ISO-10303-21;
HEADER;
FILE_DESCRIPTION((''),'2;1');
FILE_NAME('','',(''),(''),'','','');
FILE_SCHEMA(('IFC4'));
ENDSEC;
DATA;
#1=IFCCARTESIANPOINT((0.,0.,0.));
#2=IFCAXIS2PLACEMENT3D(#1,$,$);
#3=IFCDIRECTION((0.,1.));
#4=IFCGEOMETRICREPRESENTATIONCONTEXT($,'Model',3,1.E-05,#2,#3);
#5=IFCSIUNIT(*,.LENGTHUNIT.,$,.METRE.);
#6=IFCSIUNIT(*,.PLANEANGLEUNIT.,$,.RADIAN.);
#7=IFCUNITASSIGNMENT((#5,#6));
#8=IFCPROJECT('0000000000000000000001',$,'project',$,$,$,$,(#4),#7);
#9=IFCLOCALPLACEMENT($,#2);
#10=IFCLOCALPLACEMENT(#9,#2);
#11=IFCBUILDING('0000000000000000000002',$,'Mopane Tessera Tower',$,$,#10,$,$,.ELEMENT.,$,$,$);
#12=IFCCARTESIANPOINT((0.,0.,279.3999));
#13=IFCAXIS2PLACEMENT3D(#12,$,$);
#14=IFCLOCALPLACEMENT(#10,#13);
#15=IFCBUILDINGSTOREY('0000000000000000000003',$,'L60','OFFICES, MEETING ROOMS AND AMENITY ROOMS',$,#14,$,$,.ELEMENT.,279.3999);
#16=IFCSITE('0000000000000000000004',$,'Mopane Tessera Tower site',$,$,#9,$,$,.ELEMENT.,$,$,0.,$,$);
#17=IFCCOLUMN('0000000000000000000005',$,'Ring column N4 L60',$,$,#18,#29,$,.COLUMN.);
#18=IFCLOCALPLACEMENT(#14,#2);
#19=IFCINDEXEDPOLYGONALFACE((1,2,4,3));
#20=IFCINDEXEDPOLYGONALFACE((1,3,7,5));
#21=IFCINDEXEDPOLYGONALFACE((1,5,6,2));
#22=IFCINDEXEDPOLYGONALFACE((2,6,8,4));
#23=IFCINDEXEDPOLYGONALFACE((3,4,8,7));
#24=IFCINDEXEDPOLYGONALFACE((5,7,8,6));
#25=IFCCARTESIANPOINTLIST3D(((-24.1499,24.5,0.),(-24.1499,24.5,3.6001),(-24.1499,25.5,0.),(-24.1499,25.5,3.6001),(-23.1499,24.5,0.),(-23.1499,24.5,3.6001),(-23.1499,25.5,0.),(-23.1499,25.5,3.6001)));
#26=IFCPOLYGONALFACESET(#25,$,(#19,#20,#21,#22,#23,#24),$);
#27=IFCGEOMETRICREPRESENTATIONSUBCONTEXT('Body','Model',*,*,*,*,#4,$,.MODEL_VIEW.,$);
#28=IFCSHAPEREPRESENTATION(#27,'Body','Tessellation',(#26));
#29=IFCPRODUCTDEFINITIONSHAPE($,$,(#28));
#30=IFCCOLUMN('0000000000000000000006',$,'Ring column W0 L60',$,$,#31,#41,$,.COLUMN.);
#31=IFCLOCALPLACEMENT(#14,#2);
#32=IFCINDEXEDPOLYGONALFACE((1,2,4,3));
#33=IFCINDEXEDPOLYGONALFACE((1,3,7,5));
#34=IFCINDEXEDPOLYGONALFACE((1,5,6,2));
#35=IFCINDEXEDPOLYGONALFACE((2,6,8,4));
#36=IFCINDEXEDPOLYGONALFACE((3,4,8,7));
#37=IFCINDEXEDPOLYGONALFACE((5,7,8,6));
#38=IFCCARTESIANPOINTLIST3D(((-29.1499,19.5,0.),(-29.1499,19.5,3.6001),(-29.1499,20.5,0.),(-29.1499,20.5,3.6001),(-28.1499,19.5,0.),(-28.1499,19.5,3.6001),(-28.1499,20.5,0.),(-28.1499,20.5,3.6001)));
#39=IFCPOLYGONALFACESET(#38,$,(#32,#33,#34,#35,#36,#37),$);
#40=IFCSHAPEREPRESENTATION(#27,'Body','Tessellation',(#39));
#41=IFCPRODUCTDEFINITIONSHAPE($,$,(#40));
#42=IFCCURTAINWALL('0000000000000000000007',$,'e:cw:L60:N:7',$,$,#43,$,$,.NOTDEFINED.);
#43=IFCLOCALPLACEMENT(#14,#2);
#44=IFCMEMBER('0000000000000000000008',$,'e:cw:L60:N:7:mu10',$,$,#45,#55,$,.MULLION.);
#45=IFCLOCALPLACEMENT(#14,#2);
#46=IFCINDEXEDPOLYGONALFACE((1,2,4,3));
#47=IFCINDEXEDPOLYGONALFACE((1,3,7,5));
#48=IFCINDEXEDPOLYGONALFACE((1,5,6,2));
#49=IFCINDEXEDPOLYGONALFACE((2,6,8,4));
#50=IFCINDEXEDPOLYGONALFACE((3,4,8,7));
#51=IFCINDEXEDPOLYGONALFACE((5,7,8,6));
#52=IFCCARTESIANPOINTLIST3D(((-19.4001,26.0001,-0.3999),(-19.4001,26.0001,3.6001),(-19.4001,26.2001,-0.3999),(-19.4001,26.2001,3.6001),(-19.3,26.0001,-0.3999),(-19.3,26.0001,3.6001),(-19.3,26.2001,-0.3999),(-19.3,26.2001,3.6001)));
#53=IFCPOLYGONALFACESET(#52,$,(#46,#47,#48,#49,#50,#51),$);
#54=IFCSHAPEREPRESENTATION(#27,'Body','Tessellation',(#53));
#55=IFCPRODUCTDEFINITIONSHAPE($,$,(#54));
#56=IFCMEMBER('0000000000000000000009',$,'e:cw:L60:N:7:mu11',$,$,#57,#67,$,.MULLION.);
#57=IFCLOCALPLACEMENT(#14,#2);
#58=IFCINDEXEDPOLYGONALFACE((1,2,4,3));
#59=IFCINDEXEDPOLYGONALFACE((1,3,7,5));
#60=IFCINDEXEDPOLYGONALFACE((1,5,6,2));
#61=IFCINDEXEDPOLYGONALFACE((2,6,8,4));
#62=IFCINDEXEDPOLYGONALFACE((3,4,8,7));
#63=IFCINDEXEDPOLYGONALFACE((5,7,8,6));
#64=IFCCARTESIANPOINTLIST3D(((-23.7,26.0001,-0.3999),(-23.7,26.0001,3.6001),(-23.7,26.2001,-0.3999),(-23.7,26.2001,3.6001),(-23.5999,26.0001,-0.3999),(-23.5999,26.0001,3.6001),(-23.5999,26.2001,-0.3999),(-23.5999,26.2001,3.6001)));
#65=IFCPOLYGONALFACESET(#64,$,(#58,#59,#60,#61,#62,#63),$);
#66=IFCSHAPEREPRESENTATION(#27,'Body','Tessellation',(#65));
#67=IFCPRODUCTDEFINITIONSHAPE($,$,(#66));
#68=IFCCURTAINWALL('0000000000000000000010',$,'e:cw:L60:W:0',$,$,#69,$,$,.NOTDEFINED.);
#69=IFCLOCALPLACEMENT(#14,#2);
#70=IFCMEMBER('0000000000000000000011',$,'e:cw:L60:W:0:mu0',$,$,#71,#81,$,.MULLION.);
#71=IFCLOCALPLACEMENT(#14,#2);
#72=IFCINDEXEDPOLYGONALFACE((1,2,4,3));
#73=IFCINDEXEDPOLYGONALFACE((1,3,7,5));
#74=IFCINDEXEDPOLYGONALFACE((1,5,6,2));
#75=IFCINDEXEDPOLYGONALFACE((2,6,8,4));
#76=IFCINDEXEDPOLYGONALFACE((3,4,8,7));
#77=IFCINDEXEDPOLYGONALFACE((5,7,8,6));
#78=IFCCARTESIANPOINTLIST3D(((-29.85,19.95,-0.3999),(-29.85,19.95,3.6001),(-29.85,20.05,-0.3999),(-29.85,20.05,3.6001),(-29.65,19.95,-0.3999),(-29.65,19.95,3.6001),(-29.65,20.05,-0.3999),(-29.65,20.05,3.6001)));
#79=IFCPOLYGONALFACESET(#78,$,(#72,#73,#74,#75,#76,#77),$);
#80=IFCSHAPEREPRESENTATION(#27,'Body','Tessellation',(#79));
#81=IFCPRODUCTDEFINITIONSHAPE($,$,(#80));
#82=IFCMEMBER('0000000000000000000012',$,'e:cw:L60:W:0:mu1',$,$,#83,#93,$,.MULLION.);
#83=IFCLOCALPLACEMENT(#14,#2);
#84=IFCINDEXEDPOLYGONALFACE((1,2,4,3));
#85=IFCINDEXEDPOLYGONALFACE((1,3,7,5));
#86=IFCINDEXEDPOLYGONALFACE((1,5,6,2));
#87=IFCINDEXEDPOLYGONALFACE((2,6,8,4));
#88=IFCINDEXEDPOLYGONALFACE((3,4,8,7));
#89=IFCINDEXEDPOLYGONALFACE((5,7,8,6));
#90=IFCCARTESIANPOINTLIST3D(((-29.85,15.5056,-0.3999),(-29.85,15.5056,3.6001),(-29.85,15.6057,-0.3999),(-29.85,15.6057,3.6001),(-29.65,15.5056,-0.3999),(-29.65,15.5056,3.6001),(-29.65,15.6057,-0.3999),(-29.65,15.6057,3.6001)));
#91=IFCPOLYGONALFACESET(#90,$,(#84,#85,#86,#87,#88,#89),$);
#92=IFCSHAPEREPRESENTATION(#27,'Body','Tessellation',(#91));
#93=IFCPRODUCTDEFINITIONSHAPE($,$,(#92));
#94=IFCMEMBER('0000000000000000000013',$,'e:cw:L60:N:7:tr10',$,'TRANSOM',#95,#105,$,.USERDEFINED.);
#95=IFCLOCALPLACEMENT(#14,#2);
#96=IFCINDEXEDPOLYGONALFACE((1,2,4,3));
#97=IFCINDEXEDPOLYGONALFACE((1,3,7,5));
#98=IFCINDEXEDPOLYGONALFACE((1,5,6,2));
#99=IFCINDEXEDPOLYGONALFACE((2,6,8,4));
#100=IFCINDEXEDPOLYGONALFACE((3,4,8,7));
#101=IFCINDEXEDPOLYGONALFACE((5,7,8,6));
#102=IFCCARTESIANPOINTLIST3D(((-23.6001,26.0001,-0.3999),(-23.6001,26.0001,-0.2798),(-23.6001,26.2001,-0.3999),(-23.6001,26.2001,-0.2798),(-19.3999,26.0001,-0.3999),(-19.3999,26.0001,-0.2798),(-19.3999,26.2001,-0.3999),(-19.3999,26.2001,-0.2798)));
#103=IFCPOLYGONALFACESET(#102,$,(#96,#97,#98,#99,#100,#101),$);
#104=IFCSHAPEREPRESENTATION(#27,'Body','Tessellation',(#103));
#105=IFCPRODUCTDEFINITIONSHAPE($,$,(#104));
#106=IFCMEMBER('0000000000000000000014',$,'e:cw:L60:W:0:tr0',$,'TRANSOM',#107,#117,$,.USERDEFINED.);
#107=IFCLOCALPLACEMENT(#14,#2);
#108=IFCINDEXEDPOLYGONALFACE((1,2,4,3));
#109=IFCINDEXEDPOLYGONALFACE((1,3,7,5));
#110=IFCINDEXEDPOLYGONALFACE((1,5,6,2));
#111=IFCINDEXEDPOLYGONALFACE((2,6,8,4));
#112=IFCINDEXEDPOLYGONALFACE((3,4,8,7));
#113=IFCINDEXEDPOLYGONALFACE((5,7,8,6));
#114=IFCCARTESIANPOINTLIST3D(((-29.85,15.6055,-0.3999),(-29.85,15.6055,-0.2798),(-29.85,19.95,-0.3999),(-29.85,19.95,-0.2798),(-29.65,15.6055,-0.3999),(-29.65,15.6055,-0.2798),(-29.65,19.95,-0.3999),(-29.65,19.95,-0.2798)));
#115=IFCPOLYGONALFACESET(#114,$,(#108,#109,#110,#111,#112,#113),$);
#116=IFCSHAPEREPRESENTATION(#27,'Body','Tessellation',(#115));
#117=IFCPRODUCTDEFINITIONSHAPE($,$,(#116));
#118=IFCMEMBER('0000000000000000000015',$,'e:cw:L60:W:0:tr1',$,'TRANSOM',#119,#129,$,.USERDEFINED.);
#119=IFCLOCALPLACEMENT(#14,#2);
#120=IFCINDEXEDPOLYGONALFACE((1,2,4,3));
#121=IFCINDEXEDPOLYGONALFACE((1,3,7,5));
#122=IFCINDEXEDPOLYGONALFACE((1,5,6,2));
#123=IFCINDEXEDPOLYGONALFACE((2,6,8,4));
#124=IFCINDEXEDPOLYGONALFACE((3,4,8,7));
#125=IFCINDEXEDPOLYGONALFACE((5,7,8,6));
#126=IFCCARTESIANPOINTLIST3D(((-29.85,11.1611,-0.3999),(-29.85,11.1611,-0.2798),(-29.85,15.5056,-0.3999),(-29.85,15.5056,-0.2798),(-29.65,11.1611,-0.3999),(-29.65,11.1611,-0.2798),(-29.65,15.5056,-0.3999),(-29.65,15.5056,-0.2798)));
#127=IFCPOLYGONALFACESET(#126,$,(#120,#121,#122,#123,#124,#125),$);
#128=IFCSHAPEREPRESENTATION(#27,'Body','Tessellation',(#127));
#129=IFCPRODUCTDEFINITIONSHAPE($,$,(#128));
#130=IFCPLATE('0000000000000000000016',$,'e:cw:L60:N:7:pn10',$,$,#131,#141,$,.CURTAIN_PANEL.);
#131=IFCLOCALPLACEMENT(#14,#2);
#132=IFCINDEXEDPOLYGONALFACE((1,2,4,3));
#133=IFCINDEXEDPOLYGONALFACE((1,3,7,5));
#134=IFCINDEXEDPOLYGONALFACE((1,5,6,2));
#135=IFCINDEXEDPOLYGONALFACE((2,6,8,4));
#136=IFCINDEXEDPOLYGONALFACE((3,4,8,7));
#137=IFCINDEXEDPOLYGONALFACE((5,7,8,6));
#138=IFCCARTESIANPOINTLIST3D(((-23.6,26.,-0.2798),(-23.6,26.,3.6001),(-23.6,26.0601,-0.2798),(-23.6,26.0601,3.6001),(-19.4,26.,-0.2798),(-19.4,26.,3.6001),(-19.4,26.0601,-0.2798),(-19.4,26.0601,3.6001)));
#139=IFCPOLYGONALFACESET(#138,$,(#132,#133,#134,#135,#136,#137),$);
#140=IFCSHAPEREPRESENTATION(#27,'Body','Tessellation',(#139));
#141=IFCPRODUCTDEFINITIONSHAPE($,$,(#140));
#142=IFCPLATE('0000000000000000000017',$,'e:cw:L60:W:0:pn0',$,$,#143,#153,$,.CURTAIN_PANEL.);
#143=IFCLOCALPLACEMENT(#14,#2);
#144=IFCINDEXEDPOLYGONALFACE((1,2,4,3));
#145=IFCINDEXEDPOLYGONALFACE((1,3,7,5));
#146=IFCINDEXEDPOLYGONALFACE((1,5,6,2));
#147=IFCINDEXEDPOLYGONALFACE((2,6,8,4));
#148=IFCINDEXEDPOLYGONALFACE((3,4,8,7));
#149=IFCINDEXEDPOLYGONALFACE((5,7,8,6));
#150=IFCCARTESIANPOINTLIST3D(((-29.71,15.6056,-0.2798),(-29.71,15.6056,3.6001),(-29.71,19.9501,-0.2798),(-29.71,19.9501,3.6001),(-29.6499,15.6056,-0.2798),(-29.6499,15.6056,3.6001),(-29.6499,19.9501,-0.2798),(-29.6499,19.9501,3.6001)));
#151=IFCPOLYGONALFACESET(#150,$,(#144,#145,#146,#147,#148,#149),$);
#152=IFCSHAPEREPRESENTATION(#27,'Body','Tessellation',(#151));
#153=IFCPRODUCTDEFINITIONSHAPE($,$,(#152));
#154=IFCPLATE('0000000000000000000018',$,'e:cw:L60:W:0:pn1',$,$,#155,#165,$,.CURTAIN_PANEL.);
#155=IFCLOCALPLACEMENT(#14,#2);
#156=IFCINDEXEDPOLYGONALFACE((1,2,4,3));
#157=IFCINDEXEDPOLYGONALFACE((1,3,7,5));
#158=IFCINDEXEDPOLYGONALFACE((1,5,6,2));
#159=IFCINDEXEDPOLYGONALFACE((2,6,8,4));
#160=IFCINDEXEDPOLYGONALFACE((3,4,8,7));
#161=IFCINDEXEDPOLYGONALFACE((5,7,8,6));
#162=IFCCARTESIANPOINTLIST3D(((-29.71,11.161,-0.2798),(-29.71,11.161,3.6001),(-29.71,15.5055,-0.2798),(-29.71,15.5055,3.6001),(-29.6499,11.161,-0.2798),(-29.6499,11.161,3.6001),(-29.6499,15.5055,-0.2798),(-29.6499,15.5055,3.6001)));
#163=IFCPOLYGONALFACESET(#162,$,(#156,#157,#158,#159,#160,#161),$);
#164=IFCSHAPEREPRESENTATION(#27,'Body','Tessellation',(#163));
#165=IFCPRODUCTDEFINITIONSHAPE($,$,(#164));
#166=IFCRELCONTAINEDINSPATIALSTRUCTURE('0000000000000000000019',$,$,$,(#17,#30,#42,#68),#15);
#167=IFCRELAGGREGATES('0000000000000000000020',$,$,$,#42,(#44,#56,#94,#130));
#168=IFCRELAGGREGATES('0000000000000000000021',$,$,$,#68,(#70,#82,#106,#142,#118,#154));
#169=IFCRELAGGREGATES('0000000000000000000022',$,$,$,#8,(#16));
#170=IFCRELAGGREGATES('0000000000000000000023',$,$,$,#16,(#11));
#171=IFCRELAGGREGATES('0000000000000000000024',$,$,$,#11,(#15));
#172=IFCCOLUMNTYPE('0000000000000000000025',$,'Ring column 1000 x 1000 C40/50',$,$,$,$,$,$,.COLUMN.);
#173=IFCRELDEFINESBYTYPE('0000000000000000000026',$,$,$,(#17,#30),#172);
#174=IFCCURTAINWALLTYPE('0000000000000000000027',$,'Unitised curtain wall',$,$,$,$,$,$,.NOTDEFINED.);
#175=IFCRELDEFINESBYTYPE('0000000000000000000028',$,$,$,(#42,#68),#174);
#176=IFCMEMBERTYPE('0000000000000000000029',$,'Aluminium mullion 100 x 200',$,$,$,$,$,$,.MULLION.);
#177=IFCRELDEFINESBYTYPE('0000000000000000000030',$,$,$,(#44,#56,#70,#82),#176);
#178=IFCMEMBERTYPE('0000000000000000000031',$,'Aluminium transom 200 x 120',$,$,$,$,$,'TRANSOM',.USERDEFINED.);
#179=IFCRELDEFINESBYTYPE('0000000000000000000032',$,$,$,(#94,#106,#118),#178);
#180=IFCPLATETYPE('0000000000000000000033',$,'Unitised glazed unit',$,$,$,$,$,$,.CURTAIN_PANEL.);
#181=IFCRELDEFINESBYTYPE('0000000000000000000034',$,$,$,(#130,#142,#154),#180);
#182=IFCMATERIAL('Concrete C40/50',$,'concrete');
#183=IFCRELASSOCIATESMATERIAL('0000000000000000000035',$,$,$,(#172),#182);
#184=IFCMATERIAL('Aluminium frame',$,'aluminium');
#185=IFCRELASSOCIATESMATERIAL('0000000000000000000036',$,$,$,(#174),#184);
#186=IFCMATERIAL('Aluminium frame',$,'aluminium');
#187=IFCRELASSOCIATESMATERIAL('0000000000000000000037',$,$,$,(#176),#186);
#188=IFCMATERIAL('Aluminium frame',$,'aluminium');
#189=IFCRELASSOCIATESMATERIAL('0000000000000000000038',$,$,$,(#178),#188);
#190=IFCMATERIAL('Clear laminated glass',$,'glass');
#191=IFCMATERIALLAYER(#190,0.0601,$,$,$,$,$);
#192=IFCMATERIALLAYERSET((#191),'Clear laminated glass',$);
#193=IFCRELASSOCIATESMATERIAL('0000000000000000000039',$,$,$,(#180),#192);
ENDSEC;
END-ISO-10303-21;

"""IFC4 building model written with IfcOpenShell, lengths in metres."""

from ifc_helpers import new_model, si_unit, direction, frame, origin, origin_2d, place, context, subcontext, project, spatial, rectangle, extrude, material, layer, layer_set, material_profile, profile_set, type_object, element, aggregate, save


model = new_model("IFC4")

# Units and contexts
model_context = context("Model", 3, precision=1e-05, world=origin(), true_north=direction((0.0, 1.0)))
body_context = subcontext(model_context, "Body", "Model", "MODEL_VIEW")
ifc_project = project(units=[si_unit("LENGTHUNIT", "METRE"), si_unit("PLANEANGLEUNIT", "RADIAN")], contexts=[model_context])

# Site, building, storey
site_placement = place(None, origin())
site = spatial("IfcSite", under=ifc_project, at=site_placement, Name="Mopane Tessera Tower site", CompositionType="ELEMENT", RefElevation=0.0)
building_placement = place(site_placement, origin())
building = spatial("IfcBuilding", under=site, at=building_placement, Name="Mopane Tessera Tower", CompositionType="ELEMENT")
storey_placement = place(building_placement, frame((0.0, 0.0, 279.3999)))
storey = spatial("IfcBuildingStorey", under=building, at=storey_placement, Name="L60", Description="OFFICES, MEETING ROOMS AND AMENITY ROOMS", CompositionType="ELEMENT", Elevation=279.3999)

# Columns
ifc_material_1 = material(Name="Concrete C40/50", Category="concrete")
ifc_material_profile_1 = material_profile(ifc_material_1, rectangle(XDim=1.0, YDim=1.0, at=origin_2d()))
ifc_profile_set_1 = profile_set([ifc_material_profile_1], Name="Concrete C40/50")
column_type = type_object("IfcColumnType", Name="Ring column 1000 x 1000 C40/50", PredefinedType="COLUMN", material=ifc_profile_set_1)
for number, where, z_axis, x_axis, name in (
    (1, (-23.6499, 25.0, 0.0), (0.0, 0.0, 1.0), (1.0, 0.0, 0.0), "Ring column N4 L60"),
    (2, (-28.6499, 20.0, 0.0), (0.0, 0.0, 1.0), (1.0, 0.0, 0.0), "Ring column W0 L60"),
):
    element("IfcColumn", number, at=place(storey_placement, frame(where, z_axis=z_axis, x_axis=x_axis)), inside=storey, type_object=column_type, Name=name, PredefinedType="COLUMN", context=body_context, shape_type="SweptSolid", body=[
        extrude(rectangle(XDim=1.0, YDim=1.0, at=origin_2d()), origin(), (0.0, 0.0, 1.0), 3.6001),
    ])

# Curtain walls, members
ifc_material_2 = material(Name="Aluminium frame", Category="aluminium")
curtain_wall_type = type_object("IfcCurtainWallType", Name="Unitised curtain wall", PredefinedType="NOTDEFINED", material=ifc_material_2)
curtain_wall_1_placement = place(storey_placement, origin())
curtain_wall_1 = element("IfcCurtainWall", 3, at=curtain_wall_1_placement, inside=storey, type_object=curtain_wall_type, Name="e:cw:L60:N:7", PredefinedType="NOTDEFINED")
ifc_material_3 = material(Name="Aluminium frame", Category="aluminium")
ifc_material_profile_2 = material_profile(ifc_material_3, rectangle(XDim=0.1001, YDim=0.2, at=origin_2d()))
ifc_profile_set_2 = profile_set([ifc_material_profile_2], Name="Aluminium frame")
member_type_1 = type_object("IfcMemberType", Name="Aluminium mullion 100 x 200", PredefinedType="MULLION", material=ifc_profile_set_2)
member_1_placement = place(storey_placement, frame((-19.3501, 26.1001, -0.3999), z_axis=(0.0, 0.0, 1.0), x_axis=(-1.0, 0.0, 0.0)))
member_1 = element("IfcMember", 4, at=member_1_placement, type_object=member_type_1, Name="e:cw:L60:N:7:mu10", PredefinedType="MULLION", context=body_context, shape_type="SweptSolid", body=[
    extrude(rectangle(XDim=0.1001, YDim=0.2, at=origin_2d()), origin(), (0.0, 0.0, 1.0), 4.0),
])
member_2_placement = place(storey_placement, frame((-23.6499, 26.1001, -0.3999), z_axis=(0.0, 0.0, 1.0), x_axis=(-1.0, 0.0, 0.0)))
member_2 = element("IfcMember", 5, at=member_2_placement, type_object=member_type_1, Name="e:cw:L60:N:7:mu11", PredefinedType="MULLION", context=body_context, shape_type="SweptSolid", body=[
    extrude(rectangle(XDim=0.1001, YDim=0.2, at=origin_2d()), origin(), (0.0, 0.0, 1.0), 4.0),
])
curtain_wall_2_placement = place(storey_placement, origin())
curtain_wall_2 = element("IfcCurtainWall", 6, at=curtain_wall_2_placement, inside=storey, type_object=curtain_wall_type, Name="e:cw:L60:W:0", PredefinedType="NOTDEFINED")
member_3_placement = place(storey_placement, frame((-29.75, 20.0, -0.3999), z_axis=(0.0, 0.0, 1.0), x_axis=(0.0, -1.0, 0.0)))
member_3 = element("IfcMember", 7, at=member_3_placement, type_object=member_type_1, Name="e:cw:L60:W:0:mu0", PredefinedType="MULLION", context=body_context, shape_type="SweptSolid", body=[
    extrude(rectangle(XDim=0.1001, YDim=0.2, at=origin_2d()), origin(), (0.0, 0.0, 1.0), 4.0),
])
member_4_placement = place(storey_placement, frame((-29.75, 15.5557, -0.3999), z_axis=(0.0, 0.0, 1.0), x_axis=(0.0, -1.0, 0.0)))
member_4 = element("IfcMember", 8, at=member_4_placement, type_object=member_type_1, Name="e:cw:L60:W:0:mu1", PredefinedType="MULLION", context=body_context, shape_type="SweptSolid", body=[
    extrude(rectangle(XDim=0.1001, YDim=0.2, at=origin_2d()), origin(), (0.0, 0.0, 1.0), 4.0),
])

# Members
ifc_material_4 = material(Name="Aluminium frame", Category="aluminium")
ifc_material_profile_3 = material_profile(ifc_material_4, rectangle(XDim=0.2, YDim=0.1201, at=origin_2d()))
ifc_profile_set_3 = profile_set([ifc_material_profile_3], Name="Aluminium frame")
member_type_2 = type_object("IfcMemberType", Name="Aluminium transom 200 x 120", ElementType="TRANSOM", PredefinedType="USERDEFINED", material=ifc_profile_set_3)
member_5_placement = place(storey_placement, frame((-19.3999, 26.1001, -0.3398), z_axis=(-1.0, 0.0, 0.0), x_axis=(0.0, -1.0, 0.0)))
member_5 = element("IfcMember", 9, at=member_5_placement, type_object=member_type_2, Name="e:cw:L60:N:7:tr10", ObjectType="TRANSOM", PredefinedType="USERDEFINED", context=body_context, shape_type="SweptSolid", body=[
    extrude(rectangle(XDim=0.2, YDim=0.1201, at=origin_2d()), origin(), (0.0, 0.0, 1.0), 4.2002),
])
member_6_placement = place(storey_placement, frame((-29.75, 19.95, -0.3398), z_axis=(0.0, -1.0, 0.0), x_axis=(1.0, 0.0, 0.0)))
member_6 = element("IfcMember", 10, at=member_6_placement, type_object=member_type_2, Name="e:cw:L60:W:0:tr0", ObjectType="TRANSOM", PredefinedType="USERDEFINED", context=body_context, shape_type="SweptSolid", body=[
    extrude(rectangle(XDim=0.2, YDim=0.1201, at=origin_2d()), origin(), (0.0, 0.0, 1.0), 4.3445),
])
member_7_placement = place(storey_placement, frame((-29.75, 15.5056, -0.3398), z_axis=(0.0, -1.0, 0.0), x_axis=(1.0, 0.0, 0.0)))
member_7 = element("IfcMember", 11, at=member_7_placement, type_object=member_type_2, Name="e:cw:L60:W:0:tr1", ObjectType="TRANSOM", PredefinedType="USERDEFINED", context=body_context, shape_type="SweptSolid", body=[
    extrude(rectangle(XDim=0.2, YDim=0.1201, at=origin_2d()), origin(), (0.0, 0.0, 1.0), 4.3445),
])

# Plates
ifc_material_5 = material(Name="Clear laminated glass", Category="glass")
ifc_layer_1 = layer(ifc_material_5, 0.0601)
ifc_layer_set_1 = layer_set([ifc_layer_1], Name="Clear laminated glass")
plate_type = type_object("IfcPlateType", Name="Unitised glazed unit", PredefinedType="CURTAIN_PANEL", material=ifc_layer_set_1)
plate_1_placement = place(storey_placement, frame((-21.5, 26.03, -0.2798), z_axis=(0.0, 0.0, 1.0), x_axis=(-1.0, 0.0, 0.0)))
plate_1 = element("IfcPlate", 12, at=plate_1_placement, type_object=plate_type, Name="e:cw:L60:N:7:pn10", PredefinedType="CURTAIN_PANEL", context=body_context, shape_type="SweptSolid", body=[
    extrude(rectangle(XDim=4.2, YDim=0.0601, at=origin_2d()), origin(), (0.0, 0.0, 1.0), 3.8799),
])
aggregate(curtain_wall_1, [member_1, member_2, member_5, plate_1])
plate_2_placement = place(storey_placement, frame((-29.6799, 17.7778, -0.2798), z_axis=(0.0, 0.0, 1.0), x_axis=(0.0, -1.0, 0.0)))
plate_2 = element("IfcPlate", 13, at=plate_2_placement, type_object=plate_type, Name="e:cw:L60:W:0:pn0", PredefinedType="CURTAIN_PANEL", context=body_context, shape_type="SweptSolid", body=[
    extrude(rectangle(XDim=4.3445, YDim=0.0601, at=origin_2d()), origin(), (0.0, 0.0, 1.0), 3.8799),
])
plate_3_placement = place(storey_placement, frame((-29.6799, 13.3333, -0.2798), z_axis=(0.0, 0.0, 1.0), x_axis=(0.0, -1.0, 0.0)))
plate_3 = element("IfcPlate", 14, at=plate_3_placement, type_object=plate_type, Name="e:cw:L60:W:0:pn1", PredefinedType="CURTAIN_PANEL", context=body_context, shape_type="SweptSolid", body=[
    extrude(rectangle(XDim=4.3445, YDim=0.0601, at=origin_2d()), origin(), (0.0, 0.0, 1.0), 3.8799),
])
aggregate(curtain_wall_2, [member_3, member_4, member_6, plate_2, member_7, plate_3])

save(model, "model.ifc")
